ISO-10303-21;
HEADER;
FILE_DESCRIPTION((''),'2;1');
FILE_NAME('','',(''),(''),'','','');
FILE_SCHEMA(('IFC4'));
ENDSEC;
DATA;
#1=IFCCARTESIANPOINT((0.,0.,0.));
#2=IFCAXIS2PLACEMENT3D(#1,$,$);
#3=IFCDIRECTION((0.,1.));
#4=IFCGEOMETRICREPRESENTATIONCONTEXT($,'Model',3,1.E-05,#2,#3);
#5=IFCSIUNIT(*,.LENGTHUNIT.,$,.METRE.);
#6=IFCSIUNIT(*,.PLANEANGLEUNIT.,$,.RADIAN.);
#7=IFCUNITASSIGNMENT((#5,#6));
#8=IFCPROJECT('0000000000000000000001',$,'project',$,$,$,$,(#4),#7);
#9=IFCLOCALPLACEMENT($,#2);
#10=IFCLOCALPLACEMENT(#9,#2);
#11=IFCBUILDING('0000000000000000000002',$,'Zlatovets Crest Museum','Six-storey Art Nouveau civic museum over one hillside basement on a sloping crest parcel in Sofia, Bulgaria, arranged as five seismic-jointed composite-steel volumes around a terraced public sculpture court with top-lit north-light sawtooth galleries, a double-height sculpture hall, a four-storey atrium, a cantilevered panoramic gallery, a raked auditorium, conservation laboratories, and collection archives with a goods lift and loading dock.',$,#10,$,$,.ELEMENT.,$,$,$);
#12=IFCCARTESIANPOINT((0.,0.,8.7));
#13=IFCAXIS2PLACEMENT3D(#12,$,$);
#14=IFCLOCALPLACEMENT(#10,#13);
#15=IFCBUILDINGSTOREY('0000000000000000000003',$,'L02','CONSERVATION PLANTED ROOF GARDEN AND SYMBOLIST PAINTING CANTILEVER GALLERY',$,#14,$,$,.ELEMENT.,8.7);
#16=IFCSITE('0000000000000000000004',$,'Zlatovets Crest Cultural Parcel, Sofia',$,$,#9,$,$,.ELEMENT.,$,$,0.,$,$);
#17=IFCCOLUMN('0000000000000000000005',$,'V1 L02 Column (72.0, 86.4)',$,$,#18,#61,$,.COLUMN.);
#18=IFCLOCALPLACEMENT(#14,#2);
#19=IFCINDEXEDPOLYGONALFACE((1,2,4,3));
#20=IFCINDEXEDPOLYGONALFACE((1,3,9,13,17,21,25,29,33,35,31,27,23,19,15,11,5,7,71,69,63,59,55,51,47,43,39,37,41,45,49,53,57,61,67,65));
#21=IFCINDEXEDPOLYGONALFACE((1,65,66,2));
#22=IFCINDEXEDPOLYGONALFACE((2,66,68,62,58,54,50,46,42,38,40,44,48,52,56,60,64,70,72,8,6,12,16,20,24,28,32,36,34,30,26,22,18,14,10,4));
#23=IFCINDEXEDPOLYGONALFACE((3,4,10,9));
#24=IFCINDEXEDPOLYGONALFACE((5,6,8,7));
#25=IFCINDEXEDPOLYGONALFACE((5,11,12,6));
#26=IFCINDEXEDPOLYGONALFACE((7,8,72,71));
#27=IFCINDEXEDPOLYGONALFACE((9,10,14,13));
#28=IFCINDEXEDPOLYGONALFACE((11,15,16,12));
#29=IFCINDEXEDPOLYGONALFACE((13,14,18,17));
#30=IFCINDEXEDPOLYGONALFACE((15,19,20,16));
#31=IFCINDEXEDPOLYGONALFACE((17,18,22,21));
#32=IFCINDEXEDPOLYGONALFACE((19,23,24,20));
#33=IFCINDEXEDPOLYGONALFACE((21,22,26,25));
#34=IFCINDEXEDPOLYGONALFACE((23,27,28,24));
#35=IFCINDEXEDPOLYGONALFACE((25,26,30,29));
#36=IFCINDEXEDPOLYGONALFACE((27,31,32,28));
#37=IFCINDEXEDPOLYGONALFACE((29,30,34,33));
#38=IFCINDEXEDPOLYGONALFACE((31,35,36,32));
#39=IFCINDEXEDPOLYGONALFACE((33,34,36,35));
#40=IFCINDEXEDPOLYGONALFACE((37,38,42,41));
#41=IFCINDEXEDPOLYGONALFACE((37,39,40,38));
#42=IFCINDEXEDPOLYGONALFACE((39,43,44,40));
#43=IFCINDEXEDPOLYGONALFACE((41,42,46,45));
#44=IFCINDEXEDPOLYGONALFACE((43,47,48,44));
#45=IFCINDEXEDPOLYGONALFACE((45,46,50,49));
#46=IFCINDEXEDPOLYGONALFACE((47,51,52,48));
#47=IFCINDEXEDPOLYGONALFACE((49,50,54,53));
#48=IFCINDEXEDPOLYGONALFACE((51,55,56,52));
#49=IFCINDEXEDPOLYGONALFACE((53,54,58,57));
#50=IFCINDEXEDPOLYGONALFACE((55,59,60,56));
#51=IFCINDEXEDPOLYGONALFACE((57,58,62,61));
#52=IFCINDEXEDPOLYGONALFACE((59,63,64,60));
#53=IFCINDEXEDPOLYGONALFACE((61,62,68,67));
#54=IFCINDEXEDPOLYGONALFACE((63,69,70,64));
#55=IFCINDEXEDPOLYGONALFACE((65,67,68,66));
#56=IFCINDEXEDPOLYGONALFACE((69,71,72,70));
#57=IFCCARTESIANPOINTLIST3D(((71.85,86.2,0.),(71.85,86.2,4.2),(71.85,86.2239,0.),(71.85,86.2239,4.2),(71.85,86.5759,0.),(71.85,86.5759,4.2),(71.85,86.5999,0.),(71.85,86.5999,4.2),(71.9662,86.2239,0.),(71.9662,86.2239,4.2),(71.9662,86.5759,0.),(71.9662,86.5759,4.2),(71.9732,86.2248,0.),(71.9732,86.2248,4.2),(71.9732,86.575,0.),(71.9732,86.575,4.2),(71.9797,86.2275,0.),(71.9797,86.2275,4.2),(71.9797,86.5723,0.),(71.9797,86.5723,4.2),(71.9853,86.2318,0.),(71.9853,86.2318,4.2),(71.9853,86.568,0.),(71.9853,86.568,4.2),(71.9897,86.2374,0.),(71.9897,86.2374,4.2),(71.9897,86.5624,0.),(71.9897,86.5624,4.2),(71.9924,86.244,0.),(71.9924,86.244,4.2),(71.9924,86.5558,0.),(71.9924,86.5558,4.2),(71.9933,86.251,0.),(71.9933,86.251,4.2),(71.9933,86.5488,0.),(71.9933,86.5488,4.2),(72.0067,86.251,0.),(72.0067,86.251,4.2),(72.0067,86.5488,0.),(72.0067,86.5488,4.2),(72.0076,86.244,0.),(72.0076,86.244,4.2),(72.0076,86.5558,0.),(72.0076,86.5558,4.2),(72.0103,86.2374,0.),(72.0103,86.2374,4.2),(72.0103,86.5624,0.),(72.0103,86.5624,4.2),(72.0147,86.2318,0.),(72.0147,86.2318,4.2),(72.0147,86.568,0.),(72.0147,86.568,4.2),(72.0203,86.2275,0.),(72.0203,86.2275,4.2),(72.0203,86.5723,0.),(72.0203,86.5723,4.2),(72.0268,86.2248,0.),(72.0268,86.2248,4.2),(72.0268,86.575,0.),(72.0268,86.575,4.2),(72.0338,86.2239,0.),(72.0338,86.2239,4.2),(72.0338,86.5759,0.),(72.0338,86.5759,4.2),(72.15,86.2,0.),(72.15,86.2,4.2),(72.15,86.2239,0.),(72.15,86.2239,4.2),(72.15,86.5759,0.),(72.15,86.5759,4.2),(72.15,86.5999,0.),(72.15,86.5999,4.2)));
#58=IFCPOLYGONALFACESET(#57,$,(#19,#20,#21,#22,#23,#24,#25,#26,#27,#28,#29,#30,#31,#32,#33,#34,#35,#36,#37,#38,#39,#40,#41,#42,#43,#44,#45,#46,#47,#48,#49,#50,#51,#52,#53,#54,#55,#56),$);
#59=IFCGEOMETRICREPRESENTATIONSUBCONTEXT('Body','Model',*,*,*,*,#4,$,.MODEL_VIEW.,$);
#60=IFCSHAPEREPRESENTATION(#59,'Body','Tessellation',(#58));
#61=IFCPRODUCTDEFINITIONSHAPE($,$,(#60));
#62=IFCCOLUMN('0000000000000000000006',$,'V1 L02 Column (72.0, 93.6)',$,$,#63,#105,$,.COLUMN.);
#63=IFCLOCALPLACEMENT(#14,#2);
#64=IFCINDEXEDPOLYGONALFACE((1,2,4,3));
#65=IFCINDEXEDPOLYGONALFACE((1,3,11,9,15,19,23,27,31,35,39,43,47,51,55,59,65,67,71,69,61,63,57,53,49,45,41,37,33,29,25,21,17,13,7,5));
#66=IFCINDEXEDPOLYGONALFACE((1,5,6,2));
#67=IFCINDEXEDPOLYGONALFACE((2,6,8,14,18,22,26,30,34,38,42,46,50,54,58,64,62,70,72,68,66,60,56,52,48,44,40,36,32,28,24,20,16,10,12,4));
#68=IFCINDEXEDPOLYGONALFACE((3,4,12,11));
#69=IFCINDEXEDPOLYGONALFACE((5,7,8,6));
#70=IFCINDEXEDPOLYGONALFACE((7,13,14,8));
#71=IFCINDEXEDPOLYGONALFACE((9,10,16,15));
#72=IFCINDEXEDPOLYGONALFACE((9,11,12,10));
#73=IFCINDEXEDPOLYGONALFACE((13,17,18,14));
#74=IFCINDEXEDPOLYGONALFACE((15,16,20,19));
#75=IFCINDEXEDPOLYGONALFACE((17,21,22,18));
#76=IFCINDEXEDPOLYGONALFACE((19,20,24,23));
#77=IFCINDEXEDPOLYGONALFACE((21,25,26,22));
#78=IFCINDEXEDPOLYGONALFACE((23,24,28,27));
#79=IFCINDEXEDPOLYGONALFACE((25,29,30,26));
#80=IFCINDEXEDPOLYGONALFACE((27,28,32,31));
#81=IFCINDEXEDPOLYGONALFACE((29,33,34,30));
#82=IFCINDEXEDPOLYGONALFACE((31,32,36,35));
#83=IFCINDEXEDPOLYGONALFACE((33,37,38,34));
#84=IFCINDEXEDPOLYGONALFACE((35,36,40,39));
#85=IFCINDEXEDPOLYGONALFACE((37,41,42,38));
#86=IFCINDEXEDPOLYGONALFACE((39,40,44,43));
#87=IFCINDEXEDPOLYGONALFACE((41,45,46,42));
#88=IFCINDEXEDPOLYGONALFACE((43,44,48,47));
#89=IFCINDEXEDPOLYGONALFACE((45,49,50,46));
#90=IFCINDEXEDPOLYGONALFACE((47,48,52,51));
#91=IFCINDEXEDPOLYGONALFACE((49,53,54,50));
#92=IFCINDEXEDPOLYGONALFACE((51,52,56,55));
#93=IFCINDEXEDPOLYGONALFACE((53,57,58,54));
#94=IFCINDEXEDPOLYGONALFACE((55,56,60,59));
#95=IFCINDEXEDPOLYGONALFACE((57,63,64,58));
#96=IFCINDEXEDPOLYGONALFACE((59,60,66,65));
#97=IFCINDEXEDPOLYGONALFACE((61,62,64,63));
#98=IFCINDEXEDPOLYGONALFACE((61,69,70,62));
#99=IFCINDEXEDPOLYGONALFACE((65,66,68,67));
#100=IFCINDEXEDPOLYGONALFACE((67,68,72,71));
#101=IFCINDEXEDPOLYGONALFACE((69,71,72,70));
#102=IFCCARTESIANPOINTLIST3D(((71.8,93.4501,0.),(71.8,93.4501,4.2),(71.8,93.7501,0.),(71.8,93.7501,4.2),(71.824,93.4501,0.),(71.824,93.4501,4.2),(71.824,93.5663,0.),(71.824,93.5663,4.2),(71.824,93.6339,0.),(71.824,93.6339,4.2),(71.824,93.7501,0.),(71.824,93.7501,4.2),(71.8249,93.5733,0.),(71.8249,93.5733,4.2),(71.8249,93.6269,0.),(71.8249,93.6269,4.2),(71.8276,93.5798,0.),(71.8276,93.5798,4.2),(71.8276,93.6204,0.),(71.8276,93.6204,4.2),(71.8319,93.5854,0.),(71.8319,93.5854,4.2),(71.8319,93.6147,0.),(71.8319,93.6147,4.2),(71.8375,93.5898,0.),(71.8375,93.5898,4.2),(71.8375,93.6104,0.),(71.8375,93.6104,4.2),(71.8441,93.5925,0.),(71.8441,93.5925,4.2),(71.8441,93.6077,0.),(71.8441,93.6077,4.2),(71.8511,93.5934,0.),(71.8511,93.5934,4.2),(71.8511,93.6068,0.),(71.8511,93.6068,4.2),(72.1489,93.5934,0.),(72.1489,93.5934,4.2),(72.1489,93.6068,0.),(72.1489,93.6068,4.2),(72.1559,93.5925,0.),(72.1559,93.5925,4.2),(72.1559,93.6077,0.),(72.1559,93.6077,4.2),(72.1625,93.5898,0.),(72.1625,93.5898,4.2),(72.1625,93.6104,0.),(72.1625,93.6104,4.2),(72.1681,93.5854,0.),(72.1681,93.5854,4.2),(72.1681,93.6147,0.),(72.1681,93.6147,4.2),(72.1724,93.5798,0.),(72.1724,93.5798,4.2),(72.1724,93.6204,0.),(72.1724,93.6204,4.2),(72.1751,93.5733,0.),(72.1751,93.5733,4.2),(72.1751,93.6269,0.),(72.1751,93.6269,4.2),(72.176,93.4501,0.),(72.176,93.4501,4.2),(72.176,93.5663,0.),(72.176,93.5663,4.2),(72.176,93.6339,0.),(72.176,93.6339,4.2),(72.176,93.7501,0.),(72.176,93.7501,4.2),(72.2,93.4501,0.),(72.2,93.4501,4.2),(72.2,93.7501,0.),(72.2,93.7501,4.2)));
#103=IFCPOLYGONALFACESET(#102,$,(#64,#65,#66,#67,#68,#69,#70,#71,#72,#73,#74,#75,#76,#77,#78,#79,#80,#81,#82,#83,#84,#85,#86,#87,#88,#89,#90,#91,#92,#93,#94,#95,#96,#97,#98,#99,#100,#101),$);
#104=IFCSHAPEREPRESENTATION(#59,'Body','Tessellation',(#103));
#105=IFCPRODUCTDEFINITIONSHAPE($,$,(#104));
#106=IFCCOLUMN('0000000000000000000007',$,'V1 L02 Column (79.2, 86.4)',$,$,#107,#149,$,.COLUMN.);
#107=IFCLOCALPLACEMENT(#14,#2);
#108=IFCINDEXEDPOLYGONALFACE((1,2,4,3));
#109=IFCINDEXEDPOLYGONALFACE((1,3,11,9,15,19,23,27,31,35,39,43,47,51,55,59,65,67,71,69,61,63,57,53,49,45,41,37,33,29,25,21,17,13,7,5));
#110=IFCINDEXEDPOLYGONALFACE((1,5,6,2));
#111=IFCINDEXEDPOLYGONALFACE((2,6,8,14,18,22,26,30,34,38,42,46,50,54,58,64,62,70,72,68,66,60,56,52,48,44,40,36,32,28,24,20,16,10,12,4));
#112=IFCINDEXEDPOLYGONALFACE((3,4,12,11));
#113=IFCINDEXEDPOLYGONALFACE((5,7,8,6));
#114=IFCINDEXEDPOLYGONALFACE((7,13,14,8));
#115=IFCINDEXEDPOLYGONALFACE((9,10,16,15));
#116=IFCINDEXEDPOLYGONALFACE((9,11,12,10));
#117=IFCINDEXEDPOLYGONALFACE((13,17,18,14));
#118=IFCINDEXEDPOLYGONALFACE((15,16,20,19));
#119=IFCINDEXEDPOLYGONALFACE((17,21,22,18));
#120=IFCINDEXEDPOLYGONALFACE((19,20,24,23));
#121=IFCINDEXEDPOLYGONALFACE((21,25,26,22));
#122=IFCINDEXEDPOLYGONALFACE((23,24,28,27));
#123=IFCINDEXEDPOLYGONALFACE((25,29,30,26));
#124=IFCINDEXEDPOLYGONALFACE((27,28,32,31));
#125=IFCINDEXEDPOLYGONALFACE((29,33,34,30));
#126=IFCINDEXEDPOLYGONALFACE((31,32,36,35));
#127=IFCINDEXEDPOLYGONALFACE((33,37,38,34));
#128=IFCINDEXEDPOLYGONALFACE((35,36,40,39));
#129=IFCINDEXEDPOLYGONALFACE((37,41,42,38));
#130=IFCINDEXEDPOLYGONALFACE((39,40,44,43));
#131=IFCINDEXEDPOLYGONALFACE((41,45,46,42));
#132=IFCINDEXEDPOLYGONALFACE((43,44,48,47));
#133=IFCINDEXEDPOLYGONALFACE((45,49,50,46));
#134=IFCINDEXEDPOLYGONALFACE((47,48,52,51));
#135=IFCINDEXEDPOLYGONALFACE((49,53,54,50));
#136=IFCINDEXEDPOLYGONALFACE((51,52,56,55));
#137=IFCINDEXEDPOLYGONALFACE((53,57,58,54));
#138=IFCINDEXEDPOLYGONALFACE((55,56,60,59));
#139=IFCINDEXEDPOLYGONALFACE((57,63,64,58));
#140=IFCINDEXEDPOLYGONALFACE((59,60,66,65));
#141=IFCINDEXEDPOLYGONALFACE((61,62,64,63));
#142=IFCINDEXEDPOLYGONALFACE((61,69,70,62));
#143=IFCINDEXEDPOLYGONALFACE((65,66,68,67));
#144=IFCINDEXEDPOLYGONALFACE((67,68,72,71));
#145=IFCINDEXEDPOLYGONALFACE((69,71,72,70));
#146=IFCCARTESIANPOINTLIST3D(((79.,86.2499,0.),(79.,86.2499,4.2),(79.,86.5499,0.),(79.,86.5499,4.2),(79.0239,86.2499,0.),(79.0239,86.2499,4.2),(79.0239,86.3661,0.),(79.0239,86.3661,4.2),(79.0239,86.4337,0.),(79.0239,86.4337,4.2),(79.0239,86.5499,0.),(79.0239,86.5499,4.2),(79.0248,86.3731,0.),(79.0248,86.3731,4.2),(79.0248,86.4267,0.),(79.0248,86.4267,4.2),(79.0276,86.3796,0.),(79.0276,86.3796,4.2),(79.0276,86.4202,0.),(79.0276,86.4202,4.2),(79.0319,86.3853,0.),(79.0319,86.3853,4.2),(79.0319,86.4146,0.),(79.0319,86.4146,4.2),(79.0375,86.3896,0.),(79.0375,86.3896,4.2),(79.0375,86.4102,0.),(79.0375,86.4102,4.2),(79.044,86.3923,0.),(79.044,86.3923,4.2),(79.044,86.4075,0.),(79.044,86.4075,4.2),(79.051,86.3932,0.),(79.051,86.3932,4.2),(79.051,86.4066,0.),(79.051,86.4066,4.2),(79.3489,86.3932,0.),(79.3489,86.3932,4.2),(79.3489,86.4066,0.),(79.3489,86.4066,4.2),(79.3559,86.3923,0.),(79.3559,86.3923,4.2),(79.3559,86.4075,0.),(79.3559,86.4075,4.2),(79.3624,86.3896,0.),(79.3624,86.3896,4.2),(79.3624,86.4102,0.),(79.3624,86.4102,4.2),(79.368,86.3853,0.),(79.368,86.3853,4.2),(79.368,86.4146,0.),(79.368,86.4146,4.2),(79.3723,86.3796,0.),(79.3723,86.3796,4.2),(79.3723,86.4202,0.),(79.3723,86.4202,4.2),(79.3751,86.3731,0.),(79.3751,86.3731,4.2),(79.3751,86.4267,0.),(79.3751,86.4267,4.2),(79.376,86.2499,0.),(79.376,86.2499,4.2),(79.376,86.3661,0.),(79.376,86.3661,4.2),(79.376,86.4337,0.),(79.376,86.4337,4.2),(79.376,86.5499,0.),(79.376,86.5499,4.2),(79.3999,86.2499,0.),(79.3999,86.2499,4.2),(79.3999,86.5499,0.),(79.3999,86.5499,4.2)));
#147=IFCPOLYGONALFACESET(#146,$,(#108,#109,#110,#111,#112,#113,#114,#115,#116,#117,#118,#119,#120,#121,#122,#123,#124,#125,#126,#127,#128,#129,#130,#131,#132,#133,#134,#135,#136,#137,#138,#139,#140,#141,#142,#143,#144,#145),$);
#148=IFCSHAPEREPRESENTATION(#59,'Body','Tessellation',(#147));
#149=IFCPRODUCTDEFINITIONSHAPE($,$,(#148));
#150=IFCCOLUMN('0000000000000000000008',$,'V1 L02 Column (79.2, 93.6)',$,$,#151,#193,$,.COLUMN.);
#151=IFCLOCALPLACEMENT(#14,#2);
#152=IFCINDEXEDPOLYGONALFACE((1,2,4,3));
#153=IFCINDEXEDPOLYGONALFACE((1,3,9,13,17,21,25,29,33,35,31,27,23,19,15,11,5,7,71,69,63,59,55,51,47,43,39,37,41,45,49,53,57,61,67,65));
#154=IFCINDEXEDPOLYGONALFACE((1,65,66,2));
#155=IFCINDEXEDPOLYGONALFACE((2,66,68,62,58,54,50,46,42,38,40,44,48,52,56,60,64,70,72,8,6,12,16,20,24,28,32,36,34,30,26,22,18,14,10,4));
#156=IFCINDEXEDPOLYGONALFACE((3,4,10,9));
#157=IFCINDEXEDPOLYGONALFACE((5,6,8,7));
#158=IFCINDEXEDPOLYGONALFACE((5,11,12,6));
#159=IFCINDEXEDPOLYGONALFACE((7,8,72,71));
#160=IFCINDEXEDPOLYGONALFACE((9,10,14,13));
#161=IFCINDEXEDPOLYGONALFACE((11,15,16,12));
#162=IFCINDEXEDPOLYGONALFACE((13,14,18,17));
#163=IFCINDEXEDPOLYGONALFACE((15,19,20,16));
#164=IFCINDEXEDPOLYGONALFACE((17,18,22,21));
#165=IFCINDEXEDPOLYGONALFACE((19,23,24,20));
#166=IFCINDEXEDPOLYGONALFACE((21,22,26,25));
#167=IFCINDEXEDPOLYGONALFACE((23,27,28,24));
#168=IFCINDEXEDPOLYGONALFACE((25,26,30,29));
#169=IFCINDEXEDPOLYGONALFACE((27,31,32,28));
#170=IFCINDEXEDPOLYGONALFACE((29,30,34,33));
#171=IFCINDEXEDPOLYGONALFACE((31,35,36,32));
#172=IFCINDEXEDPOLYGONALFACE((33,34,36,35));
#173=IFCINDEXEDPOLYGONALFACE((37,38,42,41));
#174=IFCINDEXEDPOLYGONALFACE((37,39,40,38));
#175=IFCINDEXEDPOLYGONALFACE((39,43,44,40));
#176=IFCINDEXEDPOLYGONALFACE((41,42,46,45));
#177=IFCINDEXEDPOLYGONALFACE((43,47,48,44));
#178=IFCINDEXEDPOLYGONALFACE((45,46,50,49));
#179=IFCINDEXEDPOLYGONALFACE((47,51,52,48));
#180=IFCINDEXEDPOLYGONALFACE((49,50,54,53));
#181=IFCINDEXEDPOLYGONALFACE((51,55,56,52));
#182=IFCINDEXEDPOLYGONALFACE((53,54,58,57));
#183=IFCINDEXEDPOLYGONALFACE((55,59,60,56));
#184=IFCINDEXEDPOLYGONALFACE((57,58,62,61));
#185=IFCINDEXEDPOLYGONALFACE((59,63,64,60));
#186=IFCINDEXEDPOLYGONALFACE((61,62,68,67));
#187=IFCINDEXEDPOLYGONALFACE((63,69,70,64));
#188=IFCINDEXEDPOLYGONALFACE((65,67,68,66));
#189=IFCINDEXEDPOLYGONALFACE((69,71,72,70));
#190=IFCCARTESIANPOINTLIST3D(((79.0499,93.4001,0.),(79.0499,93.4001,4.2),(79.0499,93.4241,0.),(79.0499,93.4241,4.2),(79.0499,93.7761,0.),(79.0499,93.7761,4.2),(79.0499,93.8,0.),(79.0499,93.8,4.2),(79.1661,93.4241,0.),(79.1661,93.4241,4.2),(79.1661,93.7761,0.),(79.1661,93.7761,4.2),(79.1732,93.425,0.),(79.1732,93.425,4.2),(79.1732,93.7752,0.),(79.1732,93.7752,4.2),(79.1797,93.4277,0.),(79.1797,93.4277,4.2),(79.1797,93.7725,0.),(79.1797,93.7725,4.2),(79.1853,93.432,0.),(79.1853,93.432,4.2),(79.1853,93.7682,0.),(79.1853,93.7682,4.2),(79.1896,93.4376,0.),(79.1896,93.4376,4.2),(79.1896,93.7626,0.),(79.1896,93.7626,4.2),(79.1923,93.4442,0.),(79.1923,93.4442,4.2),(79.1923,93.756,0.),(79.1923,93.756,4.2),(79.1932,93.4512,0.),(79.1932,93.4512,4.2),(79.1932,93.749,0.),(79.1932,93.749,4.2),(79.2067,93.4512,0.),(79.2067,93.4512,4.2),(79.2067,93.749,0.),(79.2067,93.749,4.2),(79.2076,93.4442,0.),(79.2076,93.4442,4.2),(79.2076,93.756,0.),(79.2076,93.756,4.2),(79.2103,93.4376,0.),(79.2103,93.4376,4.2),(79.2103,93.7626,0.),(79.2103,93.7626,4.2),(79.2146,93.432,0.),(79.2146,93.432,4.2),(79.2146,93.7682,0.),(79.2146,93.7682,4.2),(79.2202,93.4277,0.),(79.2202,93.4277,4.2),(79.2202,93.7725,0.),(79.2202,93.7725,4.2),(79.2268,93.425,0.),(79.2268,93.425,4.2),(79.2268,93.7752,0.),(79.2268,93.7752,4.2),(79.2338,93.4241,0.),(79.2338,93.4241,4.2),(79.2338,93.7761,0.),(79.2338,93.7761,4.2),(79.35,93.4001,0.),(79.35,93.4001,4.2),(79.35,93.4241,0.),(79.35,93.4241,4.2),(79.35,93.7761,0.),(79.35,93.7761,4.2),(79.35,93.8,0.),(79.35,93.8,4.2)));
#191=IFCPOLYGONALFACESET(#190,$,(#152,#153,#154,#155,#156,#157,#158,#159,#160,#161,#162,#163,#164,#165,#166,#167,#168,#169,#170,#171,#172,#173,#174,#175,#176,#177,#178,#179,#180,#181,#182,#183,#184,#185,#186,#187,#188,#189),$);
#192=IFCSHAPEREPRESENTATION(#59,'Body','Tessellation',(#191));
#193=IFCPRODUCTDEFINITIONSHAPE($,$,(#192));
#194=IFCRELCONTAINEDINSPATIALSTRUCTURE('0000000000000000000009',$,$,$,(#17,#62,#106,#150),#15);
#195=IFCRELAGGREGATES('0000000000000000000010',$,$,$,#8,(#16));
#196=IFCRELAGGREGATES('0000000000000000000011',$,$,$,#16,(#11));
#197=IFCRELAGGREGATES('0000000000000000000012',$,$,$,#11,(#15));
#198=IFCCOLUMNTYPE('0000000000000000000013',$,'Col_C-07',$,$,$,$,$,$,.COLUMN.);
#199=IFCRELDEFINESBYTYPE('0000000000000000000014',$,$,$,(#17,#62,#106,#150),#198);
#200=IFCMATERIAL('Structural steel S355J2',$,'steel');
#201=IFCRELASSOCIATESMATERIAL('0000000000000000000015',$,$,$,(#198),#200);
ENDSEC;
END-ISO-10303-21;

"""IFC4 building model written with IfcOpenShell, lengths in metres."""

from ifc_helpers import new_model, si_unit, direction, frame, origin, origin_2d, place, context, subcontext, project, spatial, i_section, extrude, material, material_profile, profile_set, type_object, element, save


model = new_model("IFC4")

# Units and contexts
model_context = context("Model", 3, precision=1e-05, world=origin(), true_north=direction((0.0, 1.0)))
body_context = subcontext(model_context, "Body", "Model", "MODEL_VIEW")
ifc_project = project(units=[si_unit("LENGTHUNIT", "METRE"), si_unit("PLANEANGLEUNIT", "RADIAN")], contexts=[model_context])

# Site, building, storey
site_placement = place(None, origin())
site = spatial("IfcSite", under=ifc_project, at=site_placement, Name="Zlatovets Crest Cultural Parcel, Sofia", CompositionType="ELEMENT", RefElevation=0.0)
building_placement = place(site_placement, origin())
building = spatial("IfcBuilding", under=site, at=building_placement, Name="Zlatovets Crest Museum", Description="Six-storey Art Nouveau civic museum over one hillside basement on a sloping crest parcel in Sofia, Bulgaria, arranged as five seismic-jointed composite-steel volumes around a terraced public sculpture court with top-lit north-light sawtooth galleries, a double-height sculpture hall, a four-storey atrium, a cantilevered panoramic gallery, a raked auditorium, conservation laboratories, and collection archives with a goods lift and loading dock.", CompositionType="ELEMENT")
storey_placement = place(building_placement, frame((0.0, 0.0, 8.7)))
storey = spatial("IfcBuildingStorey", under=building, at=storey_placement, Name="L02", Description="CONSERVATION PLANTED ROOF GARDEN AND SYMBOLIST PAINTING CANTILEVER GALLERY", CompositionType="ELEMENT", Elevation=8.7)

# Columns
ifc_material = material(Name="Structural steel S355J2", Category="steel")
ifc_material_profile_1 = material_profile(ifc_material, i_section(OverallWidth=0.3, OverallDepth=0.3999, WebThickness=0.0134, FlangeThickness=0.0239, FilletRadius=0.0271, at=origin_2d()), Name="HEB 400")
ifc_profile_set_1 = profile_set([ifc_material_profile_1], Name="Structural steel S355J2")
column_type = type_object("IfcColumnType", Name="Col_C-07", PredefinedType="COLUMN", material=ifc_profile_set_1)
for number, where, z_axis, x_axis, name in (
    (1, (72.0, 86.3999, 0.0), (0.0, 0.0, 1.0), (1.0, 0.0, 0.0), "V1 L02 Column (72.0, 86.4)"),
    (2, (72.0, 93.6001, 0.0), (0.0, 0.0, 1.0), (0.0, 1.0, 0.0), "V1 L02 Column (72.0, 93.6)"),
    (3, (79.2, 86.3999, 0.0), (0.0, 0.0, 1.0), (0.0, 1.0, 0.0), "V1 L02 Column (79.2, 86.4)"),
    (4, (79.2, 93.6001, 0.0), (0.0, 0.0, 1.0), (1.0, 0.0, 0.0), "V1 L02 Column (79.2, 93.6)"),
):
    element("IfcColumn", number, at=place(storey_placement, frame(where, z_axis=z_axis, x_axis=x_axis)), inside=storey, type_object=column_type, Name=name, PredefinedType="COLUMN", context=body_context, shape_type="SweptSolid", body=[
        extrude(i_section(OverallWidth=0.3, OverallDepth=0.3999, WebThickness=0.0134, FlangeThickness=0.0239, FilletRadius=0.0271, at=origin_2d()), origin(), (0.0, 0.0, 1.0), 4.2),
    ])

save(model, "model.ifc")
